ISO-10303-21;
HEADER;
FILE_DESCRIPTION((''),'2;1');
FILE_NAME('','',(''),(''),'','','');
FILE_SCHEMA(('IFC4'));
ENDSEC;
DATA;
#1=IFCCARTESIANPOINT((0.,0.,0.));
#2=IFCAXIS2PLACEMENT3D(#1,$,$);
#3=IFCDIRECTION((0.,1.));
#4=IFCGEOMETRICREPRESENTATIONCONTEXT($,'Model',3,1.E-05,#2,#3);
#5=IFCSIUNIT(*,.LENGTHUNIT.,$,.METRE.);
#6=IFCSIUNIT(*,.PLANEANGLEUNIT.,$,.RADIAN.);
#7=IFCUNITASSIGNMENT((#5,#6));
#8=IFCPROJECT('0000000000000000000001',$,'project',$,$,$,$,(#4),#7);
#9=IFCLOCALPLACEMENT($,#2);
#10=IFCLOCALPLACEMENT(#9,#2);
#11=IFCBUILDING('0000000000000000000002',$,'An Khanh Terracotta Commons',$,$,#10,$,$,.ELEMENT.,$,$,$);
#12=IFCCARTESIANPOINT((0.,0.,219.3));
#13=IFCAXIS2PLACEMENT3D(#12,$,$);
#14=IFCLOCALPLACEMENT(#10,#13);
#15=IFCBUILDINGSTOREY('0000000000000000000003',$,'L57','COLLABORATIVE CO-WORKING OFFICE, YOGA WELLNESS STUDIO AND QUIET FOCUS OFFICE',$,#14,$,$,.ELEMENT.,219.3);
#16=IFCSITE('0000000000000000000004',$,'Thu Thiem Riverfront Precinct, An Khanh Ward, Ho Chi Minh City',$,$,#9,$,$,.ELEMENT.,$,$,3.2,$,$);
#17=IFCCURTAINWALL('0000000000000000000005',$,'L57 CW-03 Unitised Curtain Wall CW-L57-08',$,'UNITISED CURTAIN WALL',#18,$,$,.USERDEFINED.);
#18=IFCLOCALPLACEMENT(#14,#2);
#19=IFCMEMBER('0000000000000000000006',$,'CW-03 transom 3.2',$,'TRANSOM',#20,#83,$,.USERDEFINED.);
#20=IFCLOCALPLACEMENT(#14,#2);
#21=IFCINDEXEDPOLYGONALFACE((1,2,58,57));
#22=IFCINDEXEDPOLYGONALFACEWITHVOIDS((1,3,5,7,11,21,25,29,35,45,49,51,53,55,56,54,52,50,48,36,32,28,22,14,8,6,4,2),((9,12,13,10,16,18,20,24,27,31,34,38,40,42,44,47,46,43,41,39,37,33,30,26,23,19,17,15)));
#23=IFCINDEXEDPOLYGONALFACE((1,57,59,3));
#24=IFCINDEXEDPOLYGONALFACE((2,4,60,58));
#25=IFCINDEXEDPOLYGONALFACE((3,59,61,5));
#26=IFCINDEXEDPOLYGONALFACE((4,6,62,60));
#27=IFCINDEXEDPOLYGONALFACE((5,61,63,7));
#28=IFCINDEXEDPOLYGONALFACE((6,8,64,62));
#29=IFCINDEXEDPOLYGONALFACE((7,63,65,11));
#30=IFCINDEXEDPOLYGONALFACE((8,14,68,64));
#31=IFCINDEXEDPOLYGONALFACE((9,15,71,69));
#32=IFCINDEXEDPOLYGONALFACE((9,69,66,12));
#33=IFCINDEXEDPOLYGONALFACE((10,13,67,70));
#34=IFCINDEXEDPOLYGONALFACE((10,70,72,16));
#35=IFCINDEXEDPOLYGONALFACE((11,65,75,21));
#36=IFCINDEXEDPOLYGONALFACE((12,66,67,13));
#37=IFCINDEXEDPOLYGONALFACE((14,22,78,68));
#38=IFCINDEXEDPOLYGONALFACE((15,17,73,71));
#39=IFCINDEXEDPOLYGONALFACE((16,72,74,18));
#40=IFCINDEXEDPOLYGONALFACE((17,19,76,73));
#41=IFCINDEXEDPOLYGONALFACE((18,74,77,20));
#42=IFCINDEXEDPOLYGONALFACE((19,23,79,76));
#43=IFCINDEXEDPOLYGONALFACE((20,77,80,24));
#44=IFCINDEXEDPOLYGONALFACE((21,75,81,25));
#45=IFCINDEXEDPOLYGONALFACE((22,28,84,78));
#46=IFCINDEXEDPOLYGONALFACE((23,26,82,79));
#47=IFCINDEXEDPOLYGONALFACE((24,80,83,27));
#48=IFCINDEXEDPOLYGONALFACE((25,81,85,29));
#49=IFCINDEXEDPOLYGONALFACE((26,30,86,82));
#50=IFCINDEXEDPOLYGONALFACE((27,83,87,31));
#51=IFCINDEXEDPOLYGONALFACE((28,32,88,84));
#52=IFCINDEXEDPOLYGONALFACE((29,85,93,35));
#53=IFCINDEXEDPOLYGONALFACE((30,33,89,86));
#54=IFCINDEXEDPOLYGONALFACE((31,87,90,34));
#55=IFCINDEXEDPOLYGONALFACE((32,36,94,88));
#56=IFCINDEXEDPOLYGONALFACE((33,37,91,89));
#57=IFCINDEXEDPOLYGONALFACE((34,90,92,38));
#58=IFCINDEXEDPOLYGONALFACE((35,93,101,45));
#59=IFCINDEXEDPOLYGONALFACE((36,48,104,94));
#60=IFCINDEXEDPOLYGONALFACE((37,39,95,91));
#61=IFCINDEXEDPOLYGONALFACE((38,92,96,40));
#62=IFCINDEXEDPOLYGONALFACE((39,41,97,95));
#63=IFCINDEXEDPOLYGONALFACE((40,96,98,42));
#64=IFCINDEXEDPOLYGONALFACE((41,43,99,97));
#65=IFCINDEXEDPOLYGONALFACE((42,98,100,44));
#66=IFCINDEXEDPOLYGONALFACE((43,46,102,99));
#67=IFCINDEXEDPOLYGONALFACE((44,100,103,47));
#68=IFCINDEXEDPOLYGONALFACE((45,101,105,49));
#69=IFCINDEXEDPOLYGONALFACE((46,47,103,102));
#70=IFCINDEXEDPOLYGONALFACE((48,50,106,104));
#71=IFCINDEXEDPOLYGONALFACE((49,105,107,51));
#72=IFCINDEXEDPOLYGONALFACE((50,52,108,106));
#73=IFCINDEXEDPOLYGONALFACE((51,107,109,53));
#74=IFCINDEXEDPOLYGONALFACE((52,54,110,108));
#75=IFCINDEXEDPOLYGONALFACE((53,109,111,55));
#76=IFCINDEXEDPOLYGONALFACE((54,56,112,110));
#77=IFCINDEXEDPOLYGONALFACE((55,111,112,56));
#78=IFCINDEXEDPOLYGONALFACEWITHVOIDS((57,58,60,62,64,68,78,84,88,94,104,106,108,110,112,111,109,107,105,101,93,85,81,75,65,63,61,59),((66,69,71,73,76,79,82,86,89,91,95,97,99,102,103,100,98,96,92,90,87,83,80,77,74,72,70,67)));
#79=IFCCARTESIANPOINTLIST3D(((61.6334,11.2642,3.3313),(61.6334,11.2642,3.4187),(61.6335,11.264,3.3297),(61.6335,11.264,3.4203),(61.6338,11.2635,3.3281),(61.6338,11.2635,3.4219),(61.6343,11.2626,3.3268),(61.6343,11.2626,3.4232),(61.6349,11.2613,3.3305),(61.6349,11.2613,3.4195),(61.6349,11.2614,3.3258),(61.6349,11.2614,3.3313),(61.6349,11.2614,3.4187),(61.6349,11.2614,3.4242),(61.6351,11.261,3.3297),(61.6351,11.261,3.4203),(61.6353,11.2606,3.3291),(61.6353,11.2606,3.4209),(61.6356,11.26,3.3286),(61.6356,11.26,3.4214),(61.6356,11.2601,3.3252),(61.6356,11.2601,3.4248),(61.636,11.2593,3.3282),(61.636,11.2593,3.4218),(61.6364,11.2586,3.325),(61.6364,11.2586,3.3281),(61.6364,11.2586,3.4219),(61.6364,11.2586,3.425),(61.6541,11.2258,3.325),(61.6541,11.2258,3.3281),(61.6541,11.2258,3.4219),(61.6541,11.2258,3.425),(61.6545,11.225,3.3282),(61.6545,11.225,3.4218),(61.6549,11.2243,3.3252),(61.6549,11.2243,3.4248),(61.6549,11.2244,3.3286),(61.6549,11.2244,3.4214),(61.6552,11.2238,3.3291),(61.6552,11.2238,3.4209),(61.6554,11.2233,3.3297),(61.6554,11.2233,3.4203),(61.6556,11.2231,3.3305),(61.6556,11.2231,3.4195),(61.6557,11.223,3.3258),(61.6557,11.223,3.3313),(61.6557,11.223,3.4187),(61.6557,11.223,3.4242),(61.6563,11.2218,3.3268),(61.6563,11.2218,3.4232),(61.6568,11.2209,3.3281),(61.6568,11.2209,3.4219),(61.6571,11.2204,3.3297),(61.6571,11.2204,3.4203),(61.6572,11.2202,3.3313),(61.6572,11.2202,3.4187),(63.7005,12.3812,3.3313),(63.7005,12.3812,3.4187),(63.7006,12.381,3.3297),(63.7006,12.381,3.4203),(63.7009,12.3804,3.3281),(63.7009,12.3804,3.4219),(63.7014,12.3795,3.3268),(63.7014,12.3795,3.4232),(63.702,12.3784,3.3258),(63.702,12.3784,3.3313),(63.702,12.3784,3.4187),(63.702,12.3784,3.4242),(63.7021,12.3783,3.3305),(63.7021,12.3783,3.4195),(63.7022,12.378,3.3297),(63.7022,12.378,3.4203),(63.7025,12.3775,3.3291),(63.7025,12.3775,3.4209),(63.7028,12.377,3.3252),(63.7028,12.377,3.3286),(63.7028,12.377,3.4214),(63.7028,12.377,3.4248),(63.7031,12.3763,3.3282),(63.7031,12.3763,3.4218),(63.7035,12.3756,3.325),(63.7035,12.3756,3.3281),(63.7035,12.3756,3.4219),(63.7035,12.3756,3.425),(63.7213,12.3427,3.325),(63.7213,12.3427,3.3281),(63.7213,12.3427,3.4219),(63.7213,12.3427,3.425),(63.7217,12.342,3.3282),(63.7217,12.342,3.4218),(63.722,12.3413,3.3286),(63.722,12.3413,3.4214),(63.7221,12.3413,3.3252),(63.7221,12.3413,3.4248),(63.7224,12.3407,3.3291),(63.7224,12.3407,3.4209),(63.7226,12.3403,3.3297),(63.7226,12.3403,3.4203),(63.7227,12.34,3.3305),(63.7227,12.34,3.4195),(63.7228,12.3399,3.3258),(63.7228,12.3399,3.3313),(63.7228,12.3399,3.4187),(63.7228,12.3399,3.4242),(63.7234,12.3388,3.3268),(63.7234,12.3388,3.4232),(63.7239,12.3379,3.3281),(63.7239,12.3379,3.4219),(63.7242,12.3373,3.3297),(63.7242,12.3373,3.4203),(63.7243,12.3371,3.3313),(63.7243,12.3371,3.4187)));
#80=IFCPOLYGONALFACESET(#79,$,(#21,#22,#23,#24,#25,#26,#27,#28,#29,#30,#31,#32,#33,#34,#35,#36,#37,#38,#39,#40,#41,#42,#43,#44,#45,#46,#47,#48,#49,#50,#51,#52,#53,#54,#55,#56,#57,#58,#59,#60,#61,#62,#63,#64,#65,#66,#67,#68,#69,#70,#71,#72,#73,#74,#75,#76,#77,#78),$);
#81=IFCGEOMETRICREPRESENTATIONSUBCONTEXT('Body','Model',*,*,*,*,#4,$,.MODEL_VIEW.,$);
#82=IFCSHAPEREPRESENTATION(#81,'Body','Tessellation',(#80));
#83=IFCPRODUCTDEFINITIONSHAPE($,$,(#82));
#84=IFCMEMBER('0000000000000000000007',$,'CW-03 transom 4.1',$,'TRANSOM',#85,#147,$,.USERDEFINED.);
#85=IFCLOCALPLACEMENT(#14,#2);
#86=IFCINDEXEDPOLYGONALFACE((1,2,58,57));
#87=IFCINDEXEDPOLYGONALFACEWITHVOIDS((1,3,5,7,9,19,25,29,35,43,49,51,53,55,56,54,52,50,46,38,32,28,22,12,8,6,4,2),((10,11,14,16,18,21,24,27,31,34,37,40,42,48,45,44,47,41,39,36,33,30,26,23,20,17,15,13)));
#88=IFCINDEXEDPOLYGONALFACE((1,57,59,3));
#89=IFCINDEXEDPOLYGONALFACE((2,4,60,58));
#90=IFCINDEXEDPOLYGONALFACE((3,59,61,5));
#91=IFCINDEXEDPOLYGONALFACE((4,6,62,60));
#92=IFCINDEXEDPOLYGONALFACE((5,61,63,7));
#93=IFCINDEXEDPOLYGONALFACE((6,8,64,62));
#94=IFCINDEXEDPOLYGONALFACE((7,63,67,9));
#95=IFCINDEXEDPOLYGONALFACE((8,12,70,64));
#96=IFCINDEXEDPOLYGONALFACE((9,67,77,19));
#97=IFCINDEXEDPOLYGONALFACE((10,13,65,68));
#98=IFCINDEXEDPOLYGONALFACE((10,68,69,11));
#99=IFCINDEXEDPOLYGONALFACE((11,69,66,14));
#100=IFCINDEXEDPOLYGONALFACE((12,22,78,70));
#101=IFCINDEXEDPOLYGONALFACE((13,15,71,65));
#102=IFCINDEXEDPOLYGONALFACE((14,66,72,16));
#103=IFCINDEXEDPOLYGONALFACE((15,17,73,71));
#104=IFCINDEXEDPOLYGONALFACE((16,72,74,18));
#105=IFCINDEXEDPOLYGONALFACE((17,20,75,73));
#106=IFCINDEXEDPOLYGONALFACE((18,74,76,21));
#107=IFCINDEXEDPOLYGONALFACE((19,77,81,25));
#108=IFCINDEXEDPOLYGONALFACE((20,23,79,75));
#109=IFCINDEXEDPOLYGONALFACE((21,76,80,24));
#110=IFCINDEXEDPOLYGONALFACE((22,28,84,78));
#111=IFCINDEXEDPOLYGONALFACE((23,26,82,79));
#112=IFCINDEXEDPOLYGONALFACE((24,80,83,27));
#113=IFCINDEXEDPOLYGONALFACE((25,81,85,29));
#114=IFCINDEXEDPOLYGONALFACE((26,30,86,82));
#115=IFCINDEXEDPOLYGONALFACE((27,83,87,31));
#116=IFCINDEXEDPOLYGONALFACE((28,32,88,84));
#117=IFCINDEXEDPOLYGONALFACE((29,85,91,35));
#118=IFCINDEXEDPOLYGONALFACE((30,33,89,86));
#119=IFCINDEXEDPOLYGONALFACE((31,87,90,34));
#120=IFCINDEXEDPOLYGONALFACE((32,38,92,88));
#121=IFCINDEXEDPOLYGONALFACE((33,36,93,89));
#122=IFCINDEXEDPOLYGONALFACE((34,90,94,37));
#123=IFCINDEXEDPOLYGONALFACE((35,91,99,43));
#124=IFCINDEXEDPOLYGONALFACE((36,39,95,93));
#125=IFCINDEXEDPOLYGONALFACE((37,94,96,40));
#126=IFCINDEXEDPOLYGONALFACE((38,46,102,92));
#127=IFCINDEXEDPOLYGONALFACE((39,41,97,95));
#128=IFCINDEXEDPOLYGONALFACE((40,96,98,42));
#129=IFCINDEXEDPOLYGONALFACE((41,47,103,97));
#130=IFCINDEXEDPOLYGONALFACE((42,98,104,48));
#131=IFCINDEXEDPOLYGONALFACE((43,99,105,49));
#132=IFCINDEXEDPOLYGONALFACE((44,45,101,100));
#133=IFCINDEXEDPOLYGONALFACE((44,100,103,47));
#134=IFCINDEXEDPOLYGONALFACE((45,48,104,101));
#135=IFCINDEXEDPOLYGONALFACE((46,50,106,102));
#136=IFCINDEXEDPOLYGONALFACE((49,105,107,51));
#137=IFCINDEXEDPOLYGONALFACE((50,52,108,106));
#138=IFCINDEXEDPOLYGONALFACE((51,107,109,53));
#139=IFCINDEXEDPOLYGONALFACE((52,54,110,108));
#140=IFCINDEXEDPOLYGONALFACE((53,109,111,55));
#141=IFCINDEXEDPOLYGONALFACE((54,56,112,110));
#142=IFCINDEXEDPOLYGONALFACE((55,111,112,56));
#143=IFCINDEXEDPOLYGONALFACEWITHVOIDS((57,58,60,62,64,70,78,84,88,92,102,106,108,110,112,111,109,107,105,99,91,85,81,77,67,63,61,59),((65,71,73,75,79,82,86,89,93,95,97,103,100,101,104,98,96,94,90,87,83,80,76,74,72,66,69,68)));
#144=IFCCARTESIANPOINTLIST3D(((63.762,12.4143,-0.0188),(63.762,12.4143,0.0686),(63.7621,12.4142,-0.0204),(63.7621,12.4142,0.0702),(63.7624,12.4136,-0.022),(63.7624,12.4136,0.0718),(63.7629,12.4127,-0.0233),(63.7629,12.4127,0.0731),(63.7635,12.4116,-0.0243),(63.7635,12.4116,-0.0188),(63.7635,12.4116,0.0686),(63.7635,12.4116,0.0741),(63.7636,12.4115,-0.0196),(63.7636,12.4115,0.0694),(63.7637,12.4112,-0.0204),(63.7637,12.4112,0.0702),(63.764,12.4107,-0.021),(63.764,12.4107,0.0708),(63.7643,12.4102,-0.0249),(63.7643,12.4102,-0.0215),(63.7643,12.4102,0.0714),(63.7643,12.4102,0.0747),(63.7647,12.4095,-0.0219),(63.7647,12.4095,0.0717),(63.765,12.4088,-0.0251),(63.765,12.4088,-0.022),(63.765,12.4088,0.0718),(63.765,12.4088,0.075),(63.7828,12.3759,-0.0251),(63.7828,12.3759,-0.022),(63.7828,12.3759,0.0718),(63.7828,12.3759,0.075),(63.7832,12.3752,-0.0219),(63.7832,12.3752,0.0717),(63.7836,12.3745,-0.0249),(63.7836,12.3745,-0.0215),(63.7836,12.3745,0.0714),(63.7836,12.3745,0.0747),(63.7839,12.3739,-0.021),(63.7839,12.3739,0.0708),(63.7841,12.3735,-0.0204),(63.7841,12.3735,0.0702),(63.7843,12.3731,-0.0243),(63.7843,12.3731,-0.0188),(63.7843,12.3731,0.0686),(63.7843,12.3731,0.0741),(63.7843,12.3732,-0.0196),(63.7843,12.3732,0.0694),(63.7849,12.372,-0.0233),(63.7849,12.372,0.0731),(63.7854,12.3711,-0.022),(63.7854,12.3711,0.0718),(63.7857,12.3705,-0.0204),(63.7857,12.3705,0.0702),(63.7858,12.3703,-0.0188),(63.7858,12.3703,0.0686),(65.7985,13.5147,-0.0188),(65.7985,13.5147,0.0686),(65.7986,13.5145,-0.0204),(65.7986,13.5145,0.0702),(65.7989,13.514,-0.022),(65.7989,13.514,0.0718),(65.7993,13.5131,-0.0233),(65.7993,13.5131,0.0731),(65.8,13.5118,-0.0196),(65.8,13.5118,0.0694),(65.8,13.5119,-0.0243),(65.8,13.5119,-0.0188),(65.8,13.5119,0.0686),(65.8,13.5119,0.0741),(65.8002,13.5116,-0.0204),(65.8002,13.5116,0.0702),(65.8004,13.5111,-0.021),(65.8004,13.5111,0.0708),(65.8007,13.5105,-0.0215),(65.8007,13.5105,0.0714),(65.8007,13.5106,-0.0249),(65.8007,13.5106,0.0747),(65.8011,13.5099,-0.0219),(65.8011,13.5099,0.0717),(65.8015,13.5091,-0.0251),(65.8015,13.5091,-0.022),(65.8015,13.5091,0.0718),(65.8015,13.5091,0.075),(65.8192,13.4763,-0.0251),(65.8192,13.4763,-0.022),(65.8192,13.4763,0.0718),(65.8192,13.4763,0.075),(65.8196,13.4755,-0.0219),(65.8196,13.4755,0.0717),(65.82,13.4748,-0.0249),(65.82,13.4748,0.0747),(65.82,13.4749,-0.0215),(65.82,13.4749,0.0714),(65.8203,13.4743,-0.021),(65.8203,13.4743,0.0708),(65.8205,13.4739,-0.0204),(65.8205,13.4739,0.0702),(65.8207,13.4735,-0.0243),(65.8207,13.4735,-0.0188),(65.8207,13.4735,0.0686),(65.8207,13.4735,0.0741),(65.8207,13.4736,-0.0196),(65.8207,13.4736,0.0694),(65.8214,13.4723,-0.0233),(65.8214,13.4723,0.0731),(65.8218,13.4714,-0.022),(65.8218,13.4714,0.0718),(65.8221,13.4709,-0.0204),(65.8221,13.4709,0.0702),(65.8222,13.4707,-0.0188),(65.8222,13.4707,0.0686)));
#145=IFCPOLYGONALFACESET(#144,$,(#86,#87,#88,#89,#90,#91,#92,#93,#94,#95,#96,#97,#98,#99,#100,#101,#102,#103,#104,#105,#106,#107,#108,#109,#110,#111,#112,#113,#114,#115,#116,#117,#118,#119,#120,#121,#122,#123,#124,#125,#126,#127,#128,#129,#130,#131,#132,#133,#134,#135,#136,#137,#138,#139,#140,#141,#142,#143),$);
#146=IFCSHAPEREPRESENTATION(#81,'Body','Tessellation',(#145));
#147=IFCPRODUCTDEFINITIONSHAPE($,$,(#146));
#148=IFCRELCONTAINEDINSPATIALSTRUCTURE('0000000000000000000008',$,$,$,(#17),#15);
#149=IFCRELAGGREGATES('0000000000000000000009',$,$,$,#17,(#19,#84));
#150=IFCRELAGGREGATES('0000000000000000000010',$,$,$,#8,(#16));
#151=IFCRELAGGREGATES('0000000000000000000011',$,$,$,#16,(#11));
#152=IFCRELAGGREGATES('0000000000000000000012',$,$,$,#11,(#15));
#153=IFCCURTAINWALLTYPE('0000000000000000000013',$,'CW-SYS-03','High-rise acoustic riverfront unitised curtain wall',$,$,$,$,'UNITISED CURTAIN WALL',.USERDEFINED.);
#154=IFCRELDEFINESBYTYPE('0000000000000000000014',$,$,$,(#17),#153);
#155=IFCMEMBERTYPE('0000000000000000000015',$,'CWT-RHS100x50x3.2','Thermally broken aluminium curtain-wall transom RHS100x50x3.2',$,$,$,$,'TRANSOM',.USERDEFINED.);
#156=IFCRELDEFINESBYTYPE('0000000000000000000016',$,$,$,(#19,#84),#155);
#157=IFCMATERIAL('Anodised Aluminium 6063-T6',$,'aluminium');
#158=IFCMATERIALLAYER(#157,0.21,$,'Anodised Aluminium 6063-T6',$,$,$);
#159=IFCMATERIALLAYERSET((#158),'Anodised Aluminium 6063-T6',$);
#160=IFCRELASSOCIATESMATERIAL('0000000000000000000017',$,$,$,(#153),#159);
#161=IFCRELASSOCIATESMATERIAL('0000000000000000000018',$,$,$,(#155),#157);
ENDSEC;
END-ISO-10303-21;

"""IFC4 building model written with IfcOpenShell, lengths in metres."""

from ifc_helpers import new_model, si_unit, direction, frame, origin, origin_2d, place, context, subcontext, project, spatial, hollow_rectangle, extrude, material, layer, layer_set, material_profile, profile_set, type_object, element, aggregate, save


model = new_model("IFC4")

# Units and contexts
model_context = context("Model", 3, precision=1e-05, world=origin(), true_north=direction((0.0, 1.0)))
body_context = subcontext(model_context, "Body", "Model", "MODEL_VIEW")
ifc_project = project(units=[si_unit("LENGTHUNIT", "METRE"), si_unit("PLANEANGLEUNIT", "RADIAN")], contexts=[model_context])

# Site, building, storey
site_placement = place(None, origin())
site = spatial("IfcSite", under=ifc_project, at=site_placement, Name="Thu Thiem Riverfront Precinct, An Khanh Ward, Ho Chi Minh City", CompositionType="ELEMENT", RefElevation=3.2)
building_placement = place(site_placement, origin())
building = spatial("IfcBuilding", under=site, at=building_placement, Name="An Khanh Terracotta Commons", CompositionType="ELEMENT")
storey_placement = place(building_placement, frame((0.0, 0.0, 219.3)))
storey = spatial("IfcBuildingStorey", under=building, at=storey_placement, Name="L57", Description="COLLABORATIVE CO-WORKING OFFICE, YOGA WELLNESS STUDIO AND QUIET FOCUS OFFICE", CompositionType="ELEMENT", Elevation=219.3)

# Curtain wall, members
ifc_material_1 = material(Name="Anodised Aluminium 6063-T6", Category="aluminium")
ifc_layer_1 = layer(ifc_material_1, 0.21, Name="Anodised Aluminium 6063-T6")
ifc_layer_set_1 = layer_set([ifc_layer_1], Name="Anodised Aluminium 6063-T6")
curtain_wall_type_1 = type_object("IfcCurtainWallType", Name="CW-SYS-03", Description="High-rise acoustic riverfront unitised curtain wall", ElementType="UNITISED CURTAIN WALL", PredefinedType="USERDEFINED", material=ifc_layer_set_1)
curtain_wall_1_placement = place(storey_placement, origin())
curtain_wall_1 = element("IfcCurtainWall", 1, at=curtain_wall_1_placement, inside=storey, type_object=curtain_wall_type_1, Name="L57 CW-03 Unitised Curtain Wall CW-L57-08", ObjectType="UNITISED CURTAIN WALL", PredefinedType="USERDEFINED")
ifc_material_profile_1 = material_profile(ifc_material_1, hollow_rectangle(XDim=0.05, YDim=0.1001, WallThickness=0.0032, InnerFilletRadius=0.0032, OuterFilletRadius=0.0063, at=origin_2d()), Name="RHS100x50x3.2")
ifc_profile_set_1 = profile_set([ifc_material_profile_1], Name="Anodised Aluminium 6063-T6")
member_type_1 = type_object("IfcMemberType", Name="CWT-RHS100x50x3.2", Description="Thermally broken aluminium curtain-wall transom RHS100x50x3.2", ElementType="TRANSOM", PredefinedType="USERDEFINED", material=ifc_profile_set_1)
member_1_placement = place(storey_placement, frame((61.6453, 11.2422, 3.375), z_axis=(0.879783, 0.475376, 0.0), x_axis=(-0.475376, 0.879783, 0.0)))
member_1 = element("IfcMember", 2, at=member_1_placement, type_object=member_type_1, Name="CW-03 transom 3.2", ObjectType="TRANSOM", PredefinedType="USERDEFINED", context=body_context, shape_type="SweptSolid", body=[
    extrude(hollow_rectangle(XDim=0.05, YDim=0.1001, WallThickness=0.0032, InnerFilletRadius=0.0032, OuterFilletRadius=0.0063, at=origin_2d()), origin(), (0.0, 0.0, 1.0), 2.3496),
])
member_2_placement = place(storey_placement, frame((63.7739, 12.3923, 0.0249), z_axis=(0.879779, 0.475382, 0.0), x_axis=(-0.475382, 0.879779, 0.0)))
member_2 = element("IfcMember", 3, at=member_2_placement, type_object=member_type_1, Name="CW-03 transom 4.1", ObjectType="TRANSOM", PredefinedType="USERDEFINED", context=body_context, shape_type="SweptSolid", body=[
    extrude(hollow_rectangle(XDim=0.05, YDim=0.1001, WallThickness=0.0032, InnerFilletRadius=0.0032, OuterFilletRadius=0.0063, at=origin_2d()), origin(), (0.0, 0.0, 1.0), 2.3147),
])

aggregate(curtain_wall_1, [member_1, member_2])

save(model, "model.ifc")
